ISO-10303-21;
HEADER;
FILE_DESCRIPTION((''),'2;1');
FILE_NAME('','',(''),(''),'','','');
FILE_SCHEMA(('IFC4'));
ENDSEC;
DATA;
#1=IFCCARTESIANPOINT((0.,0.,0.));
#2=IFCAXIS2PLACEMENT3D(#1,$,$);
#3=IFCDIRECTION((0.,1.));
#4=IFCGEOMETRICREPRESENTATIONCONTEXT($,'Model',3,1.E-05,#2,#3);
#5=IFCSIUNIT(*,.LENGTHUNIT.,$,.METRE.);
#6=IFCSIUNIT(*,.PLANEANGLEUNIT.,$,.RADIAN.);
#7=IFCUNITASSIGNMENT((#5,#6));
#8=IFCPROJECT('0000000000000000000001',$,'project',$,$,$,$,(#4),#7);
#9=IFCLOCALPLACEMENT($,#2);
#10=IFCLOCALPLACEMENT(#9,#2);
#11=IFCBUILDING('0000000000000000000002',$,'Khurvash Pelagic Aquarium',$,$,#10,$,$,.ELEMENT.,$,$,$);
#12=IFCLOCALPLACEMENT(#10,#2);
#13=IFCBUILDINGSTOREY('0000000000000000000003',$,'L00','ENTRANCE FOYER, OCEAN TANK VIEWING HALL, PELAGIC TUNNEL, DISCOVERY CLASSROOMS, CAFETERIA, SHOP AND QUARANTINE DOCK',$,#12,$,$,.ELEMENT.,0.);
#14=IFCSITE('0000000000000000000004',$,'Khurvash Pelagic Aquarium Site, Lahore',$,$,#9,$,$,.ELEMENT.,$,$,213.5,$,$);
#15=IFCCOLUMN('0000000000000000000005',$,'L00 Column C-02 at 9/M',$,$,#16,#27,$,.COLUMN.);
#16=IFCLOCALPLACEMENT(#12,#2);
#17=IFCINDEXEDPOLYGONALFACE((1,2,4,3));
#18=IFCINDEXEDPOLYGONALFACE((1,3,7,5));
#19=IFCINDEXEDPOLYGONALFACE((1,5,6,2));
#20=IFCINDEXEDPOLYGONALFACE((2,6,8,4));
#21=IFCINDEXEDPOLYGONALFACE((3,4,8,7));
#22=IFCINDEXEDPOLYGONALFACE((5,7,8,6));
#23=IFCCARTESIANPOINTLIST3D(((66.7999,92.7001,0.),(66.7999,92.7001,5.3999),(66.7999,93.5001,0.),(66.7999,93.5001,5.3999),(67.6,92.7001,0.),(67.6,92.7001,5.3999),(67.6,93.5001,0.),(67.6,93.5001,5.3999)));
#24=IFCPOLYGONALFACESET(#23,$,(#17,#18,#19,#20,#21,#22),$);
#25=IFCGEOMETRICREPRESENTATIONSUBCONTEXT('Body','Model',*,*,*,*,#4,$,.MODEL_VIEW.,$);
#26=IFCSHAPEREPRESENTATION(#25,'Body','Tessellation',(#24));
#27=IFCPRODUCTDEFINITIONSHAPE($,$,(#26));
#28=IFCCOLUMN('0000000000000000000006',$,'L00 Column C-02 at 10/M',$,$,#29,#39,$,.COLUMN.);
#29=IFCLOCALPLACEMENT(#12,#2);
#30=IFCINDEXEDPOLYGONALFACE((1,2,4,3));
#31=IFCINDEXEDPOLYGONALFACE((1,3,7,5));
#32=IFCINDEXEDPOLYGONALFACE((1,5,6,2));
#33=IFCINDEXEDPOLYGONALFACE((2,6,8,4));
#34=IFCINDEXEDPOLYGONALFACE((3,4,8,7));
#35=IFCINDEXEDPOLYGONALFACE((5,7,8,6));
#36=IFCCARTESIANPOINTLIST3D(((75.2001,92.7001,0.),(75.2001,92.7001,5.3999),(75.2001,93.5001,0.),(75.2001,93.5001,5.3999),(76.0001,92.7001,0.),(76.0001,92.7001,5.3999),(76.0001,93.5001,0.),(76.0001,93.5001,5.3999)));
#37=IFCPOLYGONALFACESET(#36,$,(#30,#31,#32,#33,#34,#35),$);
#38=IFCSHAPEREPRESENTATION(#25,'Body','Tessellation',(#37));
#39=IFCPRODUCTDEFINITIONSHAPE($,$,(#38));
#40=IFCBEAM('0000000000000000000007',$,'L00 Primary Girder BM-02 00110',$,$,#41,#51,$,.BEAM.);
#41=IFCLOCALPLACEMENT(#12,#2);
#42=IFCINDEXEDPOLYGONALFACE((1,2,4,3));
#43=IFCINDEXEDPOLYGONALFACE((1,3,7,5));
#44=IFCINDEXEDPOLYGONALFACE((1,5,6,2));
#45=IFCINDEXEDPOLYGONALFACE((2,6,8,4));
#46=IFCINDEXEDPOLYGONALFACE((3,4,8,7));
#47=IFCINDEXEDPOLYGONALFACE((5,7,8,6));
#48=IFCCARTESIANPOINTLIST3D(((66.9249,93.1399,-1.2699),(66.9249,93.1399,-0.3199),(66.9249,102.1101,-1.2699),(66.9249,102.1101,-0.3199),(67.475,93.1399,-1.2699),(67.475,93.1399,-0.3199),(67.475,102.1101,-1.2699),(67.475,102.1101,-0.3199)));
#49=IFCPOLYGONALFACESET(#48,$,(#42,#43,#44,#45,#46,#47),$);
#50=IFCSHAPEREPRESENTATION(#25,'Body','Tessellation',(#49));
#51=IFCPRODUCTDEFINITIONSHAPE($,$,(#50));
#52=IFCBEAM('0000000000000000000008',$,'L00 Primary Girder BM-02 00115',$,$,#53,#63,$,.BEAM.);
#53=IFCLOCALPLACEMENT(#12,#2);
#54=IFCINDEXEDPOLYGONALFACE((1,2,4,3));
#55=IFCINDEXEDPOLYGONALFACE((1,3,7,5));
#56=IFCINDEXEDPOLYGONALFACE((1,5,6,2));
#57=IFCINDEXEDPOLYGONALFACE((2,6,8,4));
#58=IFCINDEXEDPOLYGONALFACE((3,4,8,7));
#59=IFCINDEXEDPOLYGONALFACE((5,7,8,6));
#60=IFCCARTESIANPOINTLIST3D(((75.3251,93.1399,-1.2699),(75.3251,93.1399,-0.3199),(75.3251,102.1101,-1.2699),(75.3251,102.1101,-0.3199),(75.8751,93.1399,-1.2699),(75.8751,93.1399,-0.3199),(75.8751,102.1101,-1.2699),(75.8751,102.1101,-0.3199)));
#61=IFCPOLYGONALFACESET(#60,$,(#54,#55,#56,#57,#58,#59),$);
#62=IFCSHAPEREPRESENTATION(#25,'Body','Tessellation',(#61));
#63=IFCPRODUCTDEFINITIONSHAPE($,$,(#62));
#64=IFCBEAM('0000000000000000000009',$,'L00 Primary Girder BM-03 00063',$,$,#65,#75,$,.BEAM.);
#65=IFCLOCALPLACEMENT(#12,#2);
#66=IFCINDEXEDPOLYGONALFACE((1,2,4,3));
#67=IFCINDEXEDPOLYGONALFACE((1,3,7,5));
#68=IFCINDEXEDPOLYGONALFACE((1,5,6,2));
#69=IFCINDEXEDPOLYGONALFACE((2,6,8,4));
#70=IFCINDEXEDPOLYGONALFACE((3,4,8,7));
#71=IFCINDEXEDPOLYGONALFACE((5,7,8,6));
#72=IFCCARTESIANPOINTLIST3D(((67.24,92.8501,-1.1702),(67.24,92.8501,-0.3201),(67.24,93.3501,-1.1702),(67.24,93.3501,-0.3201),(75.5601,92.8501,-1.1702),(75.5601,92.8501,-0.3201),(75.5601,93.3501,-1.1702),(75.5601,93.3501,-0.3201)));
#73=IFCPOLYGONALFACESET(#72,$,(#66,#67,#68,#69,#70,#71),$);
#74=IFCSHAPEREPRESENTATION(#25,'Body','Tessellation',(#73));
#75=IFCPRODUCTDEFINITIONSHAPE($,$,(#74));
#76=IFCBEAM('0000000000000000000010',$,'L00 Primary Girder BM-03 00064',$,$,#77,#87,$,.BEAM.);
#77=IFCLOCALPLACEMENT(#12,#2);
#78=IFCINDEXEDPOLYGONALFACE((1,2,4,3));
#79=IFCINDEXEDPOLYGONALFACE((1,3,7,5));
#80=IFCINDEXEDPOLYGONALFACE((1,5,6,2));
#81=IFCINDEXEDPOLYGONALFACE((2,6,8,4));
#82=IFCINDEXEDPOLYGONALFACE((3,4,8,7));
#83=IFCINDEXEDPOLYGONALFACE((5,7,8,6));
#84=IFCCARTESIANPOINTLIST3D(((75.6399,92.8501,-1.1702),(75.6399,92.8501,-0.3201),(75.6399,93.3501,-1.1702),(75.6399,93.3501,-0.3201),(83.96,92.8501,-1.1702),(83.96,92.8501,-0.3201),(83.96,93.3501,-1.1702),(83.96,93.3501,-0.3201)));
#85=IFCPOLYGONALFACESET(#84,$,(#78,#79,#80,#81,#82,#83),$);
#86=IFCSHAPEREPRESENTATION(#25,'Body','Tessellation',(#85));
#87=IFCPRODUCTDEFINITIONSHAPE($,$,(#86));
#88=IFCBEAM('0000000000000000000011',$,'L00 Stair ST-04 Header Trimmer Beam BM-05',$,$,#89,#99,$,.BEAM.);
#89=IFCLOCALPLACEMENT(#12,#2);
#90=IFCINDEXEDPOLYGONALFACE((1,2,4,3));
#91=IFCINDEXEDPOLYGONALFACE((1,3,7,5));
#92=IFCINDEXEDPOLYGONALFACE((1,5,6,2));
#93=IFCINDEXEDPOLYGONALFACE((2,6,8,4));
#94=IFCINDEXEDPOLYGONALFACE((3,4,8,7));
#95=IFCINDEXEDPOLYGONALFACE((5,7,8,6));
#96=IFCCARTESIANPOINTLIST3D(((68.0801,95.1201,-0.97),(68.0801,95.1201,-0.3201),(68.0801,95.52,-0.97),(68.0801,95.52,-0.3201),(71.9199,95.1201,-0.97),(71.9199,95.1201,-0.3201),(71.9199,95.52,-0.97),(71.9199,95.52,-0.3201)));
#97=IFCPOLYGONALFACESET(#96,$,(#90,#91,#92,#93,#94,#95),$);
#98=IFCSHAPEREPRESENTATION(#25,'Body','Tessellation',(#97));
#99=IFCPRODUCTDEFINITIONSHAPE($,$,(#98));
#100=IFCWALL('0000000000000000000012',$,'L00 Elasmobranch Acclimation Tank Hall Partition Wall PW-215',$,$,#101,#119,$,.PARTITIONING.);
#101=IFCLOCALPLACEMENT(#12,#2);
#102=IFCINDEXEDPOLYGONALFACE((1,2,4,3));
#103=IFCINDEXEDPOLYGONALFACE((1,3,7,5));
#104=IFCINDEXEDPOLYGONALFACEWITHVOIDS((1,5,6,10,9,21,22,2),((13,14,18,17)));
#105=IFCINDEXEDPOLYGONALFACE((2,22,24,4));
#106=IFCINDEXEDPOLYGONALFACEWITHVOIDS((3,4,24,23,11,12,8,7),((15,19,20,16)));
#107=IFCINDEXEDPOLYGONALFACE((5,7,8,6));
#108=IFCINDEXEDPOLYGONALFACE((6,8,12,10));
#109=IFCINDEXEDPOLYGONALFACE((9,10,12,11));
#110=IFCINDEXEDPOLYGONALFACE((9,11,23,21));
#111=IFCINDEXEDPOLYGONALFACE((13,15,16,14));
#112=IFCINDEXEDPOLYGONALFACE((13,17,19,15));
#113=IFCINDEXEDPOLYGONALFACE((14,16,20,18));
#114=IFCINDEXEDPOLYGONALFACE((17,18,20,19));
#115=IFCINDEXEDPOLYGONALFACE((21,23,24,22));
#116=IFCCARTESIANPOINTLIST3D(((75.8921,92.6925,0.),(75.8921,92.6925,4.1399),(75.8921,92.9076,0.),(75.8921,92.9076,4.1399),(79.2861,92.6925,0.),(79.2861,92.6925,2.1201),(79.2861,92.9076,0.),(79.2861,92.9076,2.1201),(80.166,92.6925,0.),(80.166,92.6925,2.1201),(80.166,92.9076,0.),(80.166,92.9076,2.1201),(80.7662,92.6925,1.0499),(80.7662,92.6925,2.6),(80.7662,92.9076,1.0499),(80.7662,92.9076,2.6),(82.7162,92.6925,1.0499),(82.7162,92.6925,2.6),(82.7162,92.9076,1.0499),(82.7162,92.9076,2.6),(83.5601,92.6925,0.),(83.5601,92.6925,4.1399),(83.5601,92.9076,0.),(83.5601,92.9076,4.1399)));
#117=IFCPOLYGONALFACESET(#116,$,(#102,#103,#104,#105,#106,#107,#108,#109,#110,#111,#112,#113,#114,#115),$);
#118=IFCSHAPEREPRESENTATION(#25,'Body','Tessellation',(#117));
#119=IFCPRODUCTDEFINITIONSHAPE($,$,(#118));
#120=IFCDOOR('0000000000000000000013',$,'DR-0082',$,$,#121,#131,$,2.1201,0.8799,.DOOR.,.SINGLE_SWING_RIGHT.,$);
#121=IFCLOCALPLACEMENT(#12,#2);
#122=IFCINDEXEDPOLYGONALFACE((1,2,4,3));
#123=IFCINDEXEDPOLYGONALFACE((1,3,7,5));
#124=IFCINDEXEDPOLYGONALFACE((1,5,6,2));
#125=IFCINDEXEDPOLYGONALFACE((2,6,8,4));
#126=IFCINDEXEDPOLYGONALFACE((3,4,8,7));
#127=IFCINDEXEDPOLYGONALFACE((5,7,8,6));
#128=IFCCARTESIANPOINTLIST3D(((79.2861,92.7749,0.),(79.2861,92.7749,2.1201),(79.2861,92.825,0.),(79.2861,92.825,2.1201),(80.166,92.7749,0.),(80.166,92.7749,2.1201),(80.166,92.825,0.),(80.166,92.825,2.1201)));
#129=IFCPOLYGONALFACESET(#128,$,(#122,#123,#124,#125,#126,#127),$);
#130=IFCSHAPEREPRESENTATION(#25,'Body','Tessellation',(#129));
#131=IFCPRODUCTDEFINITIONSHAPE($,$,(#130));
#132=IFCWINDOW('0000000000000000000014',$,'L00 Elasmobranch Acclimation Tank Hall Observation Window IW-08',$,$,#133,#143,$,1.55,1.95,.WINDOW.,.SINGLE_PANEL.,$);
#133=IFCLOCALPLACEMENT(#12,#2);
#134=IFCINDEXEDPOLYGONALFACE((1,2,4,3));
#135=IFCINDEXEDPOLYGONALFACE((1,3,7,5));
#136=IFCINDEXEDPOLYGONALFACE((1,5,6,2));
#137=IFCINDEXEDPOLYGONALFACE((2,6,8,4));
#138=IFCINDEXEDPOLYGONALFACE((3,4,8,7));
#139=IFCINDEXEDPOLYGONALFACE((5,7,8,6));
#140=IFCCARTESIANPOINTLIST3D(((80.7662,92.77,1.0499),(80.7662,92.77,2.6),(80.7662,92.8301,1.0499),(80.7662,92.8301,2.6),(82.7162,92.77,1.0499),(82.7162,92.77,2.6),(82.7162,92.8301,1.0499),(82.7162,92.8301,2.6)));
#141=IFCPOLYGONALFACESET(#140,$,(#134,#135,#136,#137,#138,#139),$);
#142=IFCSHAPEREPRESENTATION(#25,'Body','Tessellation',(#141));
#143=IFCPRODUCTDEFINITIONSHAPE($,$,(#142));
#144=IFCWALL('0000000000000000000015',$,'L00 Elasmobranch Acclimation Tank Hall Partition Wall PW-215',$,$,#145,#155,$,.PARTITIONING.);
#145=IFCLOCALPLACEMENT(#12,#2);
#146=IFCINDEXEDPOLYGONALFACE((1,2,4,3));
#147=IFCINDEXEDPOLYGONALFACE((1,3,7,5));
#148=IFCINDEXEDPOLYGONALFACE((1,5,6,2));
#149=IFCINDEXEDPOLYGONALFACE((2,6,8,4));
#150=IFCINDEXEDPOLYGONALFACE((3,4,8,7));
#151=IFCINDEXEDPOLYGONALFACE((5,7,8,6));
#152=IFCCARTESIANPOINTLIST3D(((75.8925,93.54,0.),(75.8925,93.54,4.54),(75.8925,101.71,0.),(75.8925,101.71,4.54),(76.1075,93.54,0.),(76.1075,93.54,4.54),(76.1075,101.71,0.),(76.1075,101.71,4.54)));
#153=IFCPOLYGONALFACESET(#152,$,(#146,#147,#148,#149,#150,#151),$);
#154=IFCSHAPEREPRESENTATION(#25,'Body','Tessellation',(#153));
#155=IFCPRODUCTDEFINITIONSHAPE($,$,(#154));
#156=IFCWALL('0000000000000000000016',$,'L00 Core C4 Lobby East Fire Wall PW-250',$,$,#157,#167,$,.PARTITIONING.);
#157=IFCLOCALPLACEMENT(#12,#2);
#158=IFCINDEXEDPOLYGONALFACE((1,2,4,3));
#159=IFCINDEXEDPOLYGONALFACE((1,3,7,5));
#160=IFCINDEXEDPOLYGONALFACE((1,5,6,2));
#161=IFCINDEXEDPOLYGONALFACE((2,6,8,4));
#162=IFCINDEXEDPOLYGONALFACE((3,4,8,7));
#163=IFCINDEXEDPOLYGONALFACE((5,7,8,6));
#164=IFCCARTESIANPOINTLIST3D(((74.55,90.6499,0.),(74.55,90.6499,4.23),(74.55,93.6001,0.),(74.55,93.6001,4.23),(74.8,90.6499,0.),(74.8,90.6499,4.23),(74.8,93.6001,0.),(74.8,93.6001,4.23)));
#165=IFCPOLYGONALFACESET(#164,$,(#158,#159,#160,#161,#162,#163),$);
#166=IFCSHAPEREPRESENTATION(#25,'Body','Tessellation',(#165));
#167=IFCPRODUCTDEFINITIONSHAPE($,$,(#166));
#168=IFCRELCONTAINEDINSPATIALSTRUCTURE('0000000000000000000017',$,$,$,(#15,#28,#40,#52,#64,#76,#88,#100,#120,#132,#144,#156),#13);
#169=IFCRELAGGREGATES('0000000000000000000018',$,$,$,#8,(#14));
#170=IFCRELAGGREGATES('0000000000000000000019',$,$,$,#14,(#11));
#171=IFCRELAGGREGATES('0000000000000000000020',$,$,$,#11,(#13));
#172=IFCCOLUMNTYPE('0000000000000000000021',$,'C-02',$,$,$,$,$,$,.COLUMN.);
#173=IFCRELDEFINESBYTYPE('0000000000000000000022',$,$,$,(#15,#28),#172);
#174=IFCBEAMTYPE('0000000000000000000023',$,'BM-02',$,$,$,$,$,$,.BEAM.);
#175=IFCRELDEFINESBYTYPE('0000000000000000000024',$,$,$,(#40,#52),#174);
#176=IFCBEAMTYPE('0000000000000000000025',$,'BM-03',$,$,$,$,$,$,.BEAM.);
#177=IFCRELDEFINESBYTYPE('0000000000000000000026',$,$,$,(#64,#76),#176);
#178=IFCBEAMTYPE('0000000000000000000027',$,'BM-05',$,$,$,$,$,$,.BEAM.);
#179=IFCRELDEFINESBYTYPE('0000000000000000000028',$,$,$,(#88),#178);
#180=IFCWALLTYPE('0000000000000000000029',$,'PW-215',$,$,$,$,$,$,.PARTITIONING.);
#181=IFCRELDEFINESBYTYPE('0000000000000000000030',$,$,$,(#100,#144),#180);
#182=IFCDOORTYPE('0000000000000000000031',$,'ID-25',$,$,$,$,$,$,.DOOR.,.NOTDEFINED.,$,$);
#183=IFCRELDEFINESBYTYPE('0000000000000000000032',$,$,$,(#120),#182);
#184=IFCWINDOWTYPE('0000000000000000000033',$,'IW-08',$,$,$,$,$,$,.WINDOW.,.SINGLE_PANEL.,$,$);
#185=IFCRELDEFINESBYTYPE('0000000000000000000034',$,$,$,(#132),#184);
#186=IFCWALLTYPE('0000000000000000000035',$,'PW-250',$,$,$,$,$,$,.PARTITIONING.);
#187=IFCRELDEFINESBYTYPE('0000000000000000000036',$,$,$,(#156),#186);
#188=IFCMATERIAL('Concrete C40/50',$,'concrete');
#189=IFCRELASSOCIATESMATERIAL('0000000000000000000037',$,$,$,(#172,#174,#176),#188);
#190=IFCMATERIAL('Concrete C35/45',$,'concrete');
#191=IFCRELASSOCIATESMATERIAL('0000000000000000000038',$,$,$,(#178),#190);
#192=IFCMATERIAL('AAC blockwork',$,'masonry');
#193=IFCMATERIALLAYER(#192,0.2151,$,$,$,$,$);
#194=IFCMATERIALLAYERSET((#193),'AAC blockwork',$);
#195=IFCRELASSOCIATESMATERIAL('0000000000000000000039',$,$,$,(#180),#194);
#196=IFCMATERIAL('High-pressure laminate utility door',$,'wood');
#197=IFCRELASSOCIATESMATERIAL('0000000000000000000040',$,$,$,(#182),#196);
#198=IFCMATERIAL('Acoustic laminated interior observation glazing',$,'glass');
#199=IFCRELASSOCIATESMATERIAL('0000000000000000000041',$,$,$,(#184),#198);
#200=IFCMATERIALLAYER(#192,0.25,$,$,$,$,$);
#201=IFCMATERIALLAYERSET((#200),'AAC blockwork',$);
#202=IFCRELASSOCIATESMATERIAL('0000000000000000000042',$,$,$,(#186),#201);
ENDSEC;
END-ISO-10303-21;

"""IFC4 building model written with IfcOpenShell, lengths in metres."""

from ifc_helpers import new_model, si_unit, direction, frame, frame_2d, origin, origin_2d, place, context, subcontext, project, spatial, rectangle, extrude, material, layer, layer_set, material_profile, profile_set, type_object, element, fill, save


model = new_model("IFC4")

# Units and contexts
model_context = context("Model", 3, precision=1e-05, world=origin(), true_north=direction((0.0, 1.0)))
body_context = subcontext(model_context, "Body", "Model", "MODEL_VIEW")
ifc_project = project(units=[si_unit("LENGTHUNIT", "METRE"), si_unit("PLANEANGLEUNIT", "RADIAN")], contexts=[model_context])

# Site, building, storey
site_placement = place(None, origin())
site = spatial("IfcSite", under=ifc_project, at=site_placement, Name="Khurvash Pelagic Aquarium Site, Lahore", CompositionType="ELEMENT", RefElevation=213.5)
building_placement = place(site_placement, origin())
building = spatial("IfcBuilding", under=site, at=building_placement, Name="Khurvash Pelagic Aquarium", CompositionType="ELEMENT")
storey_placement = place(building_placement, origin())
storey = spatial("IfcBuildingStorey", under=building, at=storey_placement, Name="L00", Description="ENTRANCE FOYER, OCEAN TANK VIEWING HALL, PELAGIC TUNNEL, DISCOVERY CLASSROOMS, CAFETERIA, SHOP AND QUARANTINE DOCK", CompositionType="ELEMENT", Elevation=0.0)

# Columns
ifc_material_1 = material(Name="Concrete C40/50", Category="concrete")
ifc_material_profile_1 = material_profile(ifc_material_1, rectangle(XDim=0.8, YDim=0.8, at=origin_2d()), Name="RC800X800")
ifc_profile_set_1 = profile_set([ifc_material_profile_1], Name="Concrete C40/50")
column_type = type_object("IfcColumnType", Name="C-02", PredefinedType="COLUMN", material=ifc_profile_set_1)
for number, where, z_axis, x_axis, name in (
    (1, (67.2, 93.1001, 0.0), (0.0, 0.0, 1.0), (1.0, 0.0, 0.0), "L00 Column C-02 at 9/M"),
    (2, (75.6001, 93.1001, 0.0), (0.0, 0.0, 1.0), (1.0, 0.0, 0.0), "L00 Column C-02 at 10/M"),
):
    element("IfcColumn", number, at=place(storey_placement, frame(where, z_axis=z_axis, x_axis=x_axis)), inside=storey, type_object=column_type, Name=name, PredefinedType="COLUMN", context=body_context, shape_type="SweptSolid", body=[
        extrude(rectangle(XDim=0.8, YDim=0.8, at=origin_2d()), origin(), (0.0, 0.0, 1.0), 5.3999),
    ])

# Beams
ifc_material_profile_2 = material_profile(ifc_material_1, rectangle(XDim=0.55, YDim=0.95, at=origin_2d()), Name="RC550X950")
ifc_profile_set_2 = profile_set([ifc_material_profile_2], Name="Concrete C40/50")
beam_type_1 = type_object("IfcBeamType", Name="BM-02", PredefinedType="BEAM", material=ifc_profile_set_2)
for number, where, z_axis, x_axis, name in (
    (3, (67.2, 93.1399, -0.7949), (0.0, 1.0, 0.0), (-1.0, 0.0, 0.0), "L00 Primary Girder BM-02 00110"),
    (4, (75.6001, 93.1399, -0.7949), (0.0, 1.0, 0.0), (-1.0, 0.0, 0.0), "L00 Primary Girder BM-02 00115"),
):
    element("IfcBeam", number, at=place(storey_placement, frame(where, z_axis=z_axis, x_axis=x_axis)), inside=storey, type_object=beam_type_1, Name=name, PredefinedType="BEAM", context=body_context, shape_type="SweptSolid", body=[
        extrude(rectangle(XDim=0.55, YDim=0.95, at=origin_2d()), origin(), (0.0, 0.0, 1.0), 8.9702),
    ])
ifc_material_profile_3 = material_profile(ifc_material_1, rectangle(XDim=0.5, YDim=0.8501, at=origin_2d()), Name="RC500X850")
ifc_profile_set_3 = profile_set([ifc_material_profile_3], Name="Concrete C40/50")
beam_type_2 = type_object("IfcBeamType", Name="BM-03", PredefinedType="BEAM", material=ifc_profile_set_3)
for number, where, z_axis, x_axis, name in (
    (5, (67.24, 93.1001, -0.7451), (1.0, 0.0, 0.0), (0.0, 1.0, 0.0), "L00 Primary Girder BM-03 00063"),
    (6, (75.6399, 93.1001, -0.7451), (1.0, 0.0, 0.0), (0.0, 1.0, 0.0), "L00 Primary Girder BM-03 00064"),
):
    element("IfcBeam", number, at=place(storey_placement, frame(where, z_axis=z_axis, x_axis=x_axis)), inside=storey, type_object=beam_type_2, Name=name, PredefinedType="BEAM", context=body_context, shape_type="SweptSolid", body=[
        extrude(rectangle(XDim=0.5, YDim=0.8501, at=origin_2d()), origin(), (0.0, 0.0, 1.0), 8.3201),
    ])
ifc_material_2 = material(Name="Concrete C35/45", Category="concrete")
ifc_material_profile_4 = material_profile(ifc_material_2, rectangle(XDim=0.3999, YDim=0.6499, at=origin_2d()), Name="RC400X650")
ifc_profile_set_4 = profile_set([ifc_material_profile_4], Name="Concrete C35/45")
beam_type_3 = type_object("IfcBeamType", Name="BM-05", PredefinedType="BEAM", material=ifc_profile_set_4)
beam_placement = place(storey_placement, frame((68.0801, 95.3201, -0.645), z_axis=(1.0, 0.0, 0.0), x_axis=(0.0, 1.0, 0.0)))
element("IfcBeam", 7, at=beam_placement, inside=storey, type_object=beam_type_3, Name="L00 Stair ST-04 Header Trimmer Beam BM-05", PredefinedType="BEAM", context=body_context, shape_type="SweptSolid", body=[
    extrude(rectangle(XDim=0.3999, YDim=0.6499, at=origin_2d()), origin(), (0.0, 0.0, 1.0), 3.8398),
])

# Wall, openings, door, window
ifc_material_3 = material(Name="AAC blockwork", Category="masonry")
ifc_layer_1 = layer(ifc_material_3, 0.2151)
ifc_layer_set_1 = layer_set([ifc_layer_1], Name="AAC blockwork")
wall_type_1 = type_object("IfcWallType", Name="PW-215", PredefinedType="PARTITIONING", material=ifc_layer_set_1)
wall_1_placement = place(storey_placement, frame((75.8921, 92.8, 0.0), z_axis=(0.0, 0.0, 1.0), x_axis=(1.0, 0.0, 0.0)))
wall_1 = element("IfcWall", 8, at=wall_1_placement, inside=storey, type_object=wall_type_1, Name="L00 Elasmobranch Acclimation Tank Hall Partition Wall PW-215", PredefinedType="PARTITIONING", context=body_context, shape_type="SweptSolid", body=[
    extrude(rectangle(XDim=7.668, YDim=0.2151, at=frame_2d((3.834, 0.0))), origin(), (0.0, 0.0, 1.0), 4.1399),
])
opening_1_placement = place(wall_1_placement, frame((3.394, 0.0, 0.0)))
opening_1 = element("IfcOpeningElement", 9, at=opening_1_placement, cuts=wall_1, PredefinedType="OPENING", context=body_context, shape_type="SweptSolid", body=[
    extrude(rectangle(XDim=0.8799, YDim=2.1201, at=frame_2d((0.4399, 1.0601))), frame((0.0, 0.1177, 0.0), z_axis=(0.0, -1.0, 0.0), x_axis=(1.0, 0.0, 0.0)), (0.0, 0.0, 1.0), 0.2351),
])
opening_2_placement = place(wall_1_placement, frame((4.874, 0.0, 1.05)))
opening_2 = element("IfcOpeningElement", 10, at=opening_2_placement, cuts=wall_1, PredefinedType="OPENING", context=body_context, shape_type="SweptSolid", body=[
    extrude(rectangle(XDim=1.95, YDim=1.55, at=frame_2d((0.9751, 0.7749))), frame((0.0, 0.1177, 0.0), z_axis=(0.0, -1.0, 0.0), x_axis=(1.0, 0.0, 0.0)), (0.0, 0.0, 1.0), 0.2351),
])
ifc_material_4 = material(Name="High-pressure laminate utility door", Category="wood")
door_type_1 = type_object("IfcDoorType", Name="ID-25", OperationType="NOTDEFINED", PredefinedType="DOOR", material=ifc_material_4)
door_1_placement = place(opening_1_placement, origin())
door_1 = element("IfcDoor", 11, at=door_1_placement, inside=storey, type_object=door_type_1, Name="DR-0082", OperationType="SINGLE_SWING_RIGHT", OverallHeight=2.1201, OverallWidth=0.8799, PredefinedType="DOOR", context=body_context, shape_type="SweptSolid", body=[
    extrude(rectangle(XDim=0.8799, YDim=2.1201, at=frame_2d((0.4399, 1.0601))), frame((0.0, 0.0249, 0.0), z_axis=(0.0, -1.0, 0.0), x_axis=(1.0, 0.0, 0.0)), (0.0, 0.0, 1.0), 0.05),
])
fill(opening_1, door_1)
ifc_material_5 = material(Name="Acoustic laminated interior observation glazing", Category="glass")
window_type = type_object("IfcWindowType", Name="IW-08", PartitioningType="SINGLE_PANEL", PredefinedType="WINDOW", material=ifc_material_5)
window_placement = place(opening_2_placement, origin())
window = element("IfcWindow", 12, at=window_placement, inside=storey, type_object=window_type, Name="L00 Elasmobranch Acclimation Tank Hall Observation Window IW-08", OverallHeight=1.55, OverallWidth=1.95, PartitioningType="SINGLE_PANEL", PredefinedType="WINDOW", context=body_context, shape_type="SweptSolid", body=[
    extrude(rectangle(XDim=1.95, YDim=1.55, at=frame_2d((0.9751, 0.7749))), frame((0.0, 0.03, 0.0), z_axis=(0.0, -1.0, 0.0), x_axis=(1.0, 0.0, 0.0)), (0.0, 0.0, 1.0), 0.0601),
])
fill(opening_2, window)

# Walls
wall_2_placement = place(storey_placement, frame((76.0, 93.54, 0.0), z_axis=(0.0, 0.0, 1.0), x_axis=(0.0, 1.0, 0.0)))
element("IfcWall", 13, at=wall_2_placement, inside=storey, type_object=wall_type_1, Name="L00 Elasmobranch Acclimation Tank Hall Partition Wall PW-215", PredefinedType="PARTITIONING", context=body_context, shape_type="SweptSolid", body=[
    extrude(rectangle(XDim=8.1699, YDim=0.2151, at=frame_2d((4.085, 0.0))), origin(), (0.0, 0.0, 1.0), 4.54),
])
ifc_layer_2 = layer(ifc_material_3, 0.25)
ifc_layer_set_2 = layer_set([ifc_layer_2], Name="AAC blockwork")
wall_type_2 = type_object("IfcWallType", Name="PW-250", PredefinedType="PARTITIONING", material=ifc_layer_set_2)
wall_3_placement = place(storey_placement, frame((74.675, 90.6499, 0.0), z_axis=(0.0, 0.0, 1.0), x_axis=(0.0, 1.0, 0.0)))
element("IfcWall", 14, at=wall_3_placement, inside=storey, type_object=wall_type_2, Name="L00 Core C4 Lobby East Fire Wall PW-250", PredefinedType="PARTITIONING", context=body_context, shape_type="SweptSolid", body=[
    extrude(rectangle(XDim=2.9502, YDim=0.25, at=frame_2d((1.4751, 0.0))), origin(), (0.0, 0.0, 1.0), 4.23),
])

save(model, "model.ifc")
